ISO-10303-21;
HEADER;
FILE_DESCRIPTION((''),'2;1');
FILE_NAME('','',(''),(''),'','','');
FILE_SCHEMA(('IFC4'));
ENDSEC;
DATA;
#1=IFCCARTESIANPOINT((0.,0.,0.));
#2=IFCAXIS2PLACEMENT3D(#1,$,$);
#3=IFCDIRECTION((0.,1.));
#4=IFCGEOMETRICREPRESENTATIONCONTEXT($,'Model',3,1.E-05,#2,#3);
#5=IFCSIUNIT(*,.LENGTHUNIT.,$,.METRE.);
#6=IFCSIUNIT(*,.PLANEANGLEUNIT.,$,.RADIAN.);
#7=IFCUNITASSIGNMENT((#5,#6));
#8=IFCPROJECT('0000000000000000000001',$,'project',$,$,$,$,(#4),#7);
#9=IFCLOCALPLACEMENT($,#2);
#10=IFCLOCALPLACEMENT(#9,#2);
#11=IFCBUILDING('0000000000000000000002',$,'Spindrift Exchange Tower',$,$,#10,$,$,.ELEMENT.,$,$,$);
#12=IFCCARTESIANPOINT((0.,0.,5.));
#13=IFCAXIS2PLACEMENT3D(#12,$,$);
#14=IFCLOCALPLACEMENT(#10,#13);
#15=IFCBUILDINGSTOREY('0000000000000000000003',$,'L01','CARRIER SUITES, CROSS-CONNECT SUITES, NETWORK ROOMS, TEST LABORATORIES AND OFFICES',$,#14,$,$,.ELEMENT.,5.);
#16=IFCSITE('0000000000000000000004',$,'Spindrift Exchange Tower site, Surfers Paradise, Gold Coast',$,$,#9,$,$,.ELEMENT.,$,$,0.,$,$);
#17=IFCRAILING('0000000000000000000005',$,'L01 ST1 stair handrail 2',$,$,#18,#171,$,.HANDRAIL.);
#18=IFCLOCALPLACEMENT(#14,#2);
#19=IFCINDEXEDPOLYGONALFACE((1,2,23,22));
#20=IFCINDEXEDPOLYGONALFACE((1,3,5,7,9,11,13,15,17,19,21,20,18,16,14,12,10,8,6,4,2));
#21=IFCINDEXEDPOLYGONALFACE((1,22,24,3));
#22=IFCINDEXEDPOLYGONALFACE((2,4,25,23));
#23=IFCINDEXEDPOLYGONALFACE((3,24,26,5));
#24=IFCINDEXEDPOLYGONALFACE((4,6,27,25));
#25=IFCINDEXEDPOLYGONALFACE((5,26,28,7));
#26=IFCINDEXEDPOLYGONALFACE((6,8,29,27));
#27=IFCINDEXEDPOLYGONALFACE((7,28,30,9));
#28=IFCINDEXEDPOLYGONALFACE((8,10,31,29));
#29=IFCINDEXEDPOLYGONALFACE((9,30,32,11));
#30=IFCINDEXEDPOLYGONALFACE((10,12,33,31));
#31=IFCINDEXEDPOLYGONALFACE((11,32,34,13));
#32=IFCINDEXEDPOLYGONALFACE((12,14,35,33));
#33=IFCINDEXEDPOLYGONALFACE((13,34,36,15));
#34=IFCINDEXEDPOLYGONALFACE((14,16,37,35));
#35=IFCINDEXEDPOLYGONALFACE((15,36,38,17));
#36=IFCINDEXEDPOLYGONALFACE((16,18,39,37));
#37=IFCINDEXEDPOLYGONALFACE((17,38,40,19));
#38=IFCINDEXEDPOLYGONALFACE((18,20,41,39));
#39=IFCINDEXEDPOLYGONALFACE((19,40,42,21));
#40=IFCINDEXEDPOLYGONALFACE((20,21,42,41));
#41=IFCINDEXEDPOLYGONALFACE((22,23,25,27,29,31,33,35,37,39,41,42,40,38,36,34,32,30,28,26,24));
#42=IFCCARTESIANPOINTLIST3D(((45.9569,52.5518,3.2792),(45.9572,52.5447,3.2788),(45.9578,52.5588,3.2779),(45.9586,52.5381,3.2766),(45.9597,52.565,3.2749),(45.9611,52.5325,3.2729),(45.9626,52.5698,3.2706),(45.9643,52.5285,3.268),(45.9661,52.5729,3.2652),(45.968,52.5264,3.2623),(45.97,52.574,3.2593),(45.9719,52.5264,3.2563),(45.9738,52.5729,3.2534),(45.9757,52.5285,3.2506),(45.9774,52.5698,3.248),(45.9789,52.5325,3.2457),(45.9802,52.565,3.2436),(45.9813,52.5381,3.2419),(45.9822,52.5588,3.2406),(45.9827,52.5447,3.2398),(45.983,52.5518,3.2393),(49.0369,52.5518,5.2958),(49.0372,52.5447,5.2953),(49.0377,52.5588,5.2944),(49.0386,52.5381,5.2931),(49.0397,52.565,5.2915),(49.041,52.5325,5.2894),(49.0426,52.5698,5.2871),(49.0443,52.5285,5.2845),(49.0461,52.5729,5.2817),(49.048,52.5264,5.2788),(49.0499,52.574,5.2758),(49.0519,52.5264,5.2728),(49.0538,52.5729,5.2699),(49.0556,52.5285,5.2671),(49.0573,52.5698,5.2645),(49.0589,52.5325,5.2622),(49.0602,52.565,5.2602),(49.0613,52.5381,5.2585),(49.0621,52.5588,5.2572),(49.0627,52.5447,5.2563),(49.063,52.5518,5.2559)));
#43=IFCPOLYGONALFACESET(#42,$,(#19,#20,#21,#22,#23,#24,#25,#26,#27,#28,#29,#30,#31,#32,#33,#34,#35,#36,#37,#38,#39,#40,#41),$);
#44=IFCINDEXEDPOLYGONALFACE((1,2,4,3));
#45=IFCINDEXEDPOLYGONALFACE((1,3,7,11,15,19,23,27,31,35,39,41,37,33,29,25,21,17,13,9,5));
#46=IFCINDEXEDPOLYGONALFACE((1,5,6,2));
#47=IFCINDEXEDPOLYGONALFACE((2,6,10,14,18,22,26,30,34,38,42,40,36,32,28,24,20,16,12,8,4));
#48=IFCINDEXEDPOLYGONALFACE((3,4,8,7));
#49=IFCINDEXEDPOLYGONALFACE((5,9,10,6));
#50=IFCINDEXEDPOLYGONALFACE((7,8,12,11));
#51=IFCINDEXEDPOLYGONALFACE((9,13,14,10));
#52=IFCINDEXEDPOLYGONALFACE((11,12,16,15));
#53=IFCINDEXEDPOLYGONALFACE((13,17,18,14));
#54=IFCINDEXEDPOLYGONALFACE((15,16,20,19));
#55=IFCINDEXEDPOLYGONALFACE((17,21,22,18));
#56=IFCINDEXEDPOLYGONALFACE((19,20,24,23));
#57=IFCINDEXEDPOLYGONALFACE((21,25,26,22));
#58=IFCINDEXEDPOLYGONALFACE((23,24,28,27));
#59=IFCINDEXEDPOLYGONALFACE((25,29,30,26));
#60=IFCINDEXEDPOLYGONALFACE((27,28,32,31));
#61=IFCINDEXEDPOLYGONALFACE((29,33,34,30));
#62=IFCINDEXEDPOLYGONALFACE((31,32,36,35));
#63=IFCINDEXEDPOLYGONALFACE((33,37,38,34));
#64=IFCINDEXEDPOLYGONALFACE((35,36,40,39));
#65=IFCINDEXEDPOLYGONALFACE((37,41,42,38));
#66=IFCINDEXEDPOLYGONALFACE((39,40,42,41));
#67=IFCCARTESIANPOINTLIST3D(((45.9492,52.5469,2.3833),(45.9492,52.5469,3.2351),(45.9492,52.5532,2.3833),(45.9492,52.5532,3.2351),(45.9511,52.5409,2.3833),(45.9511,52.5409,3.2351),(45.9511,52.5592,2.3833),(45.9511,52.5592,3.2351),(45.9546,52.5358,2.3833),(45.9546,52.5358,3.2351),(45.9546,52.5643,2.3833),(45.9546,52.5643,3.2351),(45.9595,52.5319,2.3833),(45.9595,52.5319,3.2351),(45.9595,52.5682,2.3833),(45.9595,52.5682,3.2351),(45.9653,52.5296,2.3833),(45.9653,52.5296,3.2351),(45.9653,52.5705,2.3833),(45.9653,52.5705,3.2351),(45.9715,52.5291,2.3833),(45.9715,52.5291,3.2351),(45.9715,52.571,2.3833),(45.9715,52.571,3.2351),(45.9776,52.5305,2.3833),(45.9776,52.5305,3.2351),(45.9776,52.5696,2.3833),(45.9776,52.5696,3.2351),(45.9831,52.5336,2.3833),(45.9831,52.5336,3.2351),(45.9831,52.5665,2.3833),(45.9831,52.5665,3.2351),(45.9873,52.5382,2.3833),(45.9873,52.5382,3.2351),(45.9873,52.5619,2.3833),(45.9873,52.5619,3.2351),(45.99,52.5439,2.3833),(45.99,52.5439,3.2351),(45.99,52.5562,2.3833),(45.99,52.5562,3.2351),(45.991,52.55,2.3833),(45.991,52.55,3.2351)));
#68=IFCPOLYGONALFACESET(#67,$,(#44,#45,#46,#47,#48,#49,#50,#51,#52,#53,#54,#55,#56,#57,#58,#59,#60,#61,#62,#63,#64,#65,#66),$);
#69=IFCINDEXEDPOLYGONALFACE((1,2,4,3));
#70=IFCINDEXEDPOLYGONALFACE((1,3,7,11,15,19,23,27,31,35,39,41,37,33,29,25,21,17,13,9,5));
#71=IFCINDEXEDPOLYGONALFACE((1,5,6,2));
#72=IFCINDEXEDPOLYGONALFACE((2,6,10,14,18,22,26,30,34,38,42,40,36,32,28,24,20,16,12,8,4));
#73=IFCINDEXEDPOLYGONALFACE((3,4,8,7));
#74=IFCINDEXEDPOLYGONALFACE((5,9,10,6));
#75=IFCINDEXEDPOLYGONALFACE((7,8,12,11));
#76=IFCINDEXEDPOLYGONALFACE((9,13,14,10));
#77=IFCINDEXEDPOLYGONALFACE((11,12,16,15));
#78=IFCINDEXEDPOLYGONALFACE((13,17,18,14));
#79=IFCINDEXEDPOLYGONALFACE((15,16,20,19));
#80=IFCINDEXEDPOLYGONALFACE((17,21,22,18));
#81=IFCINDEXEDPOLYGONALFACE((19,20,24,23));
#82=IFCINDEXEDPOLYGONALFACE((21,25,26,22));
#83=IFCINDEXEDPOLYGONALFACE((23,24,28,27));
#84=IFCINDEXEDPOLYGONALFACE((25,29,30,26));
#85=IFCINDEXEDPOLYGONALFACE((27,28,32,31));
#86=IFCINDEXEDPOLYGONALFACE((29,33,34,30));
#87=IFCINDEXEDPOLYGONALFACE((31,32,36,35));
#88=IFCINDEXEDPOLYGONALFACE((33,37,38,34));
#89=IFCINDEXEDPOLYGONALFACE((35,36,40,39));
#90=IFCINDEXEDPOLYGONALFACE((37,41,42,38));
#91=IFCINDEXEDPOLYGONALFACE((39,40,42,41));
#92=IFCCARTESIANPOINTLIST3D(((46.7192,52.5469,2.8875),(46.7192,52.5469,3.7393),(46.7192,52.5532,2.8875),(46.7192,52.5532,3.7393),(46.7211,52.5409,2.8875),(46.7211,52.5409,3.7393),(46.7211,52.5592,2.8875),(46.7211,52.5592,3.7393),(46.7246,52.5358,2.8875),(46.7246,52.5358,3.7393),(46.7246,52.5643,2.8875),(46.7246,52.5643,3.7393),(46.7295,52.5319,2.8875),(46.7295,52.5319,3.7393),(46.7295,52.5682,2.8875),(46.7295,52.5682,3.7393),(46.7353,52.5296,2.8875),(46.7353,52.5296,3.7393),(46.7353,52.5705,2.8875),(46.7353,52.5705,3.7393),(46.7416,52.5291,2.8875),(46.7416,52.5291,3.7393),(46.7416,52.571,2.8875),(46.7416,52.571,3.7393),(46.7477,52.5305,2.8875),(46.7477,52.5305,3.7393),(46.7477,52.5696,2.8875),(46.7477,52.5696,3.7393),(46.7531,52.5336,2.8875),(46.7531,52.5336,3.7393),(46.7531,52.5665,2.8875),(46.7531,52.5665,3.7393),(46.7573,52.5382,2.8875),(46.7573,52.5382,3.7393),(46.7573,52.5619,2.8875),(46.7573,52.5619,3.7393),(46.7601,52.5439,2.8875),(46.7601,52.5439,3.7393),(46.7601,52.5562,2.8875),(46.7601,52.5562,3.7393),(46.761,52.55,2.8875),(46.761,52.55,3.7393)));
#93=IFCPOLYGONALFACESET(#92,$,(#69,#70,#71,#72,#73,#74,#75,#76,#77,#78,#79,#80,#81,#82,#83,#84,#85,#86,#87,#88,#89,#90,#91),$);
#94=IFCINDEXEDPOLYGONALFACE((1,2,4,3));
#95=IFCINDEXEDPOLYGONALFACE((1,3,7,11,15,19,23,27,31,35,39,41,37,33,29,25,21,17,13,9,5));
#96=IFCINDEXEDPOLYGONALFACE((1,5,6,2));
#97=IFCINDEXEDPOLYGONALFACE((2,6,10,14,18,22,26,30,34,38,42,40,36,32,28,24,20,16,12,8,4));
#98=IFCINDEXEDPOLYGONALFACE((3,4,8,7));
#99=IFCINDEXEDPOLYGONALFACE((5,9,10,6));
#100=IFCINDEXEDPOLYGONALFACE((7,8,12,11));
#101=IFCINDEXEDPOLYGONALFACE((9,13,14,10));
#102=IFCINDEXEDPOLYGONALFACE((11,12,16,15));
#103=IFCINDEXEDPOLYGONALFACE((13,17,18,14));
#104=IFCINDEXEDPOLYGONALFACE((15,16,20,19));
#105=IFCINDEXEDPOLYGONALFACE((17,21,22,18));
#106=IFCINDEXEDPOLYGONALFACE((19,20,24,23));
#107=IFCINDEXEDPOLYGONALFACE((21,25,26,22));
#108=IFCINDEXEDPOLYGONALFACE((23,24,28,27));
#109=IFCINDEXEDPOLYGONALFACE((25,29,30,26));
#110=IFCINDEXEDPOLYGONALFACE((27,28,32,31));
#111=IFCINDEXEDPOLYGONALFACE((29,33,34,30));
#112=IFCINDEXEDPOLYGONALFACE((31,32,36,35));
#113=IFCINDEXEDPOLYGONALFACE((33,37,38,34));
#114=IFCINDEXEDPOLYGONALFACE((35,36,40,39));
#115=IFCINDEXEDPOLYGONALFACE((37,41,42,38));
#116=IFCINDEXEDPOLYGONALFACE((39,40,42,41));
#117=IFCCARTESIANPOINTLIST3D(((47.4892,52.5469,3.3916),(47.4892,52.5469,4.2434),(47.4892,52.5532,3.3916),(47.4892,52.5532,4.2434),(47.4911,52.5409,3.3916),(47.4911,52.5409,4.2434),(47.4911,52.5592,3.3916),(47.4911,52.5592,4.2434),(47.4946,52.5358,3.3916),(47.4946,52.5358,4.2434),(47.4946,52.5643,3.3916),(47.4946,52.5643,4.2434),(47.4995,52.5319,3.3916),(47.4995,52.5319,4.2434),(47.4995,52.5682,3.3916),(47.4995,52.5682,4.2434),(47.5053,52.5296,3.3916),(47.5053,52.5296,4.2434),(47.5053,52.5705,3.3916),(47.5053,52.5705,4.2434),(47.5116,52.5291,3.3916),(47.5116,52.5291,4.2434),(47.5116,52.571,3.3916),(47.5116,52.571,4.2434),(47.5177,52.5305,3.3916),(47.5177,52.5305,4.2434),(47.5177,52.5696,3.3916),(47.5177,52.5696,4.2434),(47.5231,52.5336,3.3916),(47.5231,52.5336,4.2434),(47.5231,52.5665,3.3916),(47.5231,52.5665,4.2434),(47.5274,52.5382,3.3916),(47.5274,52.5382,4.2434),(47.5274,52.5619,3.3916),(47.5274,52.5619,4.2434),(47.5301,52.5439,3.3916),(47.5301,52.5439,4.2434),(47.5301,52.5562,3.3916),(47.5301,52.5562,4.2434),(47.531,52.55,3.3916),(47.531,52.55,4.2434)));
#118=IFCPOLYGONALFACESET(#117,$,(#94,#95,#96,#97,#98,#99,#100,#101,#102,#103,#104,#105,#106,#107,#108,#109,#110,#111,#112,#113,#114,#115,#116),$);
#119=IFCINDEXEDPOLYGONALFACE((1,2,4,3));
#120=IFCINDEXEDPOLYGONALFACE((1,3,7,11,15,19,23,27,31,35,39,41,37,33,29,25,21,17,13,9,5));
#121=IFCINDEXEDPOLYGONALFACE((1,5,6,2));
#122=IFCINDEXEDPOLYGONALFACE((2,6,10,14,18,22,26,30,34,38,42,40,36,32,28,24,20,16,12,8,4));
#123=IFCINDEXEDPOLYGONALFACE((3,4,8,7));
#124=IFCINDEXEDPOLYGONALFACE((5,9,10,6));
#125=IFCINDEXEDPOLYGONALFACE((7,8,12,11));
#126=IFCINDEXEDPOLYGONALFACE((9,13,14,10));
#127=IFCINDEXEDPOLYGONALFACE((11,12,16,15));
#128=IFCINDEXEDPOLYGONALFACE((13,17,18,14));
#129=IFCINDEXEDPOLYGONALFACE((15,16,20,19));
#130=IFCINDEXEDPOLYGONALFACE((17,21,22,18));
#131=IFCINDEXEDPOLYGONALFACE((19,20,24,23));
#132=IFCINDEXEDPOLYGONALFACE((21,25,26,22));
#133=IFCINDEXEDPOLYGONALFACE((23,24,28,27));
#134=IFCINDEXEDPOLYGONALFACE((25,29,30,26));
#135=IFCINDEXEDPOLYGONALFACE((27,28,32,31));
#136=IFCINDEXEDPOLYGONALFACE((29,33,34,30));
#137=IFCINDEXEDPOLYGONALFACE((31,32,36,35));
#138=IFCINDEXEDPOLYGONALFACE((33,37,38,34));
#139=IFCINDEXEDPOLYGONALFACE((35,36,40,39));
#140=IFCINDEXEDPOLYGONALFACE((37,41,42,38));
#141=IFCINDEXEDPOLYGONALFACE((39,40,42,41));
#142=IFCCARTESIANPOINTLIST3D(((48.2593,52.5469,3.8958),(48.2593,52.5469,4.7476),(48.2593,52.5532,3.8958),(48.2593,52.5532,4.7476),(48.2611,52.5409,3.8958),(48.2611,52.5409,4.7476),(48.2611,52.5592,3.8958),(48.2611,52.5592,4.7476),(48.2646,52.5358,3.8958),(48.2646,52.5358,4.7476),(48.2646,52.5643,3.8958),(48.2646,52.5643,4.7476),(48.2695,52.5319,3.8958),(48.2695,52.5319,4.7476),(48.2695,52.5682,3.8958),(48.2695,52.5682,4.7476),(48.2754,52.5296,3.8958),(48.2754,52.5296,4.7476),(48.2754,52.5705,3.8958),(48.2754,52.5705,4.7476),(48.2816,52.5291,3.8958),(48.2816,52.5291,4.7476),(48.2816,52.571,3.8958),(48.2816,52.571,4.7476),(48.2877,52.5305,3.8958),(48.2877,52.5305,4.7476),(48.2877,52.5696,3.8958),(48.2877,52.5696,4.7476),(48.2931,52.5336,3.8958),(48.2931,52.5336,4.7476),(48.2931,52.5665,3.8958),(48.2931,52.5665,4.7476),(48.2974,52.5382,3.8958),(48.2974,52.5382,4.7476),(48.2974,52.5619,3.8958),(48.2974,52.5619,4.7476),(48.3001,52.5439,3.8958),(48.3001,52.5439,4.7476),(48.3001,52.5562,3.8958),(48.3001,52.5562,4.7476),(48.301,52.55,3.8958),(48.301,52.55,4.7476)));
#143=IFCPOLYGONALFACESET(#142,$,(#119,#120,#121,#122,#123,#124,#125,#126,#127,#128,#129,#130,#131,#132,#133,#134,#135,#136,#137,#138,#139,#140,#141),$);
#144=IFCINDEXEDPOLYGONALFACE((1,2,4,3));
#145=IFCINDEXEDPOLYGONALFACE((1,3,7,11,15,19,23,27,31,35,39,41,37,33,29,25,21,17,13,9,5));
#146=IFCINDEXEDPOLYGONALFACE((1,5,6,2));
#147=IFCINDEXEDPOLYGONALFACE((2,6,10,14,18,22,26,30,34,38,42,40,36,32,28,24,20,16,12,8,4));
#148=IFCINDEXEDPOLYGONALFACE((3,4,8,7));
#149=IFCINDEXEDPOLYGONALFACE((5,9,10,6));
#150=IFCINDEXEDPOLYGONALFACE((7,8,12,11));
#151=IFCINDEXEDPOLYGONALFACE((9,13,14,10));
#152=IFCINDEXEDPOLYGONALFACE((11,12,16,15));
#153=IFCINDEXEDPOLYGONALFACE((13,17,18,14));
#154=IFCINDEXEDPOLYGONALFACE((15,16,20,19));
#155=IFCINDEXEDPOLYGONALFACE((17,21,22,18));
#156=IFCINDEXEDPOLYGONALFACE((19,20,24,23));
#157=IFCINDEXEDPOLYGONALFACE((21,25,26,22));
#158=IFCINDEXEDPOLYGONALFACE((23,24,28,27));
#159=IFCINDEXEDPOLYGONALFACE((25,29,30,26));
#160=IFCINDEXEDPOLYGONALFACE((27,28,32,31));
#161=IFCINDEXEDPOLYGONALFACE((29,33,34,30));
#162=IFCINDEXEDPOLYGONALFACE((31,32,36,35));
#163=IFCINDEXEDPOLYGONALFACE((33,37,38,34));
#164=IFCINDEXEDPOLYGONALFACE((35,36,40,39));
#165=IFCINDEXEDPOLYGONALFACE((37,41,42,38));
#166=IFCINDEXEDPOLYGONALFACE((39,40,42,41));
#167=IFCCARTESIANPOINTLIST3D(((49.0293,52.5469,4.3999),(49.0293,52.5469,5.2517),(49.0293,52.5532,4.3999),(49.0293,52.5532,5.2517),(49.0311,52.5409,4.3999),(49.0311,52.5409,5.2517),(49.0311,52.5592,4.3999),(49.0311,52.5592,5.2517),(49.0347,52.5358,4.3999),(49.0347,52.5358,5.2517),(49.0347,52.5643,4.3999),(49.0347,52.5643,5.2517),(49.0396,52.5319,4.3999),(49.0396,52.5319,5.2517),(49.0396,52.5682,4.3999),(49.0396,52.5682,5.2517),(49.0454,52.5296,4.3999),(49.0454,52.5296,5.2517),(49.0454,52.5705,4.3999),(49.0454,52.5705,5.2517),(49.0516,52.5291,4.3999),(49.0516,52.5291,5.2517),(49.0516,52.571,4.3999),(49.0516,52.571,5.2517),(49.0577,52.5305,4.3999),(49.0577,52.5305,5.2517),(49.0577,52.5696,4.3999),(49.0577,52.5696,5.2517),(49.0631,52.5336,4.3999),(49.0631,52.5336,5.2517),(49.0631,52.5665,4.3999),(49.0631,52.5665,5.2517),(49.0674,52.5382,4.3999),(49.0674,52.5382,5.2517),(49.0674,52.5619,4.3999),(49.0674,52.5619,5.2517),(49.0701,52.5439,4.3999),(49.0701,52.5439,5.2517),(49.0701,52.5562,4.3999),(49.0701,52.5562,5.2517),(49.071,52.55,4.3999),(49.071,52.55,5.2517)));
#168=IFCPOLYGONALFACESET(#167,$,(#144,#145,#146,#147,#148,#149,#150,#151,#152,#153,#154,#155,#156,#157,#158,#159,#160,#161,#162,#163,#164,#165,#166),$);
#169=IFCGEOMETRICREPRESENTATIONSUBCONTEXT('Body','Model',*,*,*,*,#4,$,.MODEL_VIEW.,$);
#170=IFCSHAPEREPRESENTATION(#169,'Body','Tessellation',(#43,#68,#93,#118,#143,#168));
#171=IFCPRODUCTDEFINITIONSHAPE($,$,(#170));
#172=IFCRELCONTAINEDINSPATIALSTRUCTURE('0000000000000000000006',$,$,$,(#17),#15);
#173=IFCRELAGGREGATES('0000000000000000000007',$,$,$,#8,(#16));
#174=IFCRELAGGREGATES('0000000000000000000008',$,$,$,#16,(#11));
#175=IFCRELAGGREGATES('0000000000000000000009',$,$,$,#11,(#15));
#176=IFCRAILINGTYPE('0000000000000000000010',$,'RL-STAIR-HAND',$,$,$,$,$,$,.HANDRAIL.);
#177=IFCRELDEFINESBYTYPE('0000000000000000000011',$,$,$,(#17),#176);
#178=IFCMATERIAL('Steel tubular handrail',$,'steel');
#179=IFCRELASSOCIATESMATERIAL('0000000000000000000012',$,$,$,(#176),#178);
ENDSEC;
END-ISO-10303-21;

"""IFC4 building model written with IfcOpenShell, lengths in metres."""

from ifc_helpers import new_model, si_unit, direction, frame, origin, origin_2d, place, context, subcontext, project, spatial, circle, extrude, material, type_object, element, save


model = new_model("IFC4")

# Units and contexts
model_context = context("Model", 3, precision=1e-05, world=origin(), true_north=direction((0.0, 1.0)))
body_context = subcontext(model_context, "Body", "Model", "MODEL_VIEW")
ifc_project = project(units=[si_unit("LENGTHUNIT", "METRE"), si_unit("PLANEANGLEUNIT", "RADIAN")], contexts=[model_context])

# Site, building, storey
site_placement = place(None, origin())
site = spatial("IfcSite", under=ifc_project, at=site_placement, Name="Spindrift Exchange Tower site, Surfers Paradise, Gold Coast", CompositionType="ELEMENT", RefElevation=0.0)
building_placement = place(site_placement, origin())
building = spatial("IfcBuilding", under=site, at=building_placement, Name="Spindrift Exchange Tower", CompositionType="ELEMENT")
storey_placement = place(building_placement, frame((0.0, 0.0, 5.0)))
storey = spatial("IfcBuildingStorey", under=building, at=storey_placement, Name="L01", Description="CARRIER SUITES, CROSS-CONNECT SUITES, NETWORK ROOMS, TEST LABORATORIES AND OFFICES", CompositionType="ELEMENT", Elevation=5.0)

# Railing
ifc_material_1 = material(Name="Steel tubular handrail", Category="steel")
railing_type_1 = type_object("IfcRailingType", Name="RL-STAIR-HAND", PredefinedType="HANDRAIL", material=ifc_material_1)
railing_1_placement = place(storey_placement, frame((45.97, 52.55, 2.3833)))
element("IfcRailing", 1, at=railing_1_placement, inside=storey, type_object=railing_type_1, Name="L01 ST1 stair handrail 2", PredefinedType="HANDRAIL", context=body_context, shape_type="SweptSolid", body=[
    extrude(circle(Radius=0.0239, at=origin_2d()), frame((0.0, 0.0, 0.876), z_axis=(0.836633, 0.0, 0.547764), x_axis=(0.0, 1.0, 0.0)), (0.0, 0.0, 1.0), 3.6814),
    extrude(circle(Radius=0.021, at=origin_2d()), origin(), (0.0, 0.0, 1.0), 0.8518),
    extrude(circle(Radius=0.021, at=origin_2d()), frame((0.77, 0.0, 0.5042)), (0.0, 0.0, 1.0), 0.8518),
    extrude(circle(Radius=0.021, at=origin_2d()), frame((1.54, 0.0, 1.0083)), (0.0, 0.0, 1.0), 0.8518),
    extrude(circle(Radius=0.021, at=origin_2d()), frame((2.3101, 0.0, 1.5125)), (0.0, 0.0, 1.0), 0.8518),
    extrude(circle(Radius=0.021, at=origin_2d()), frame((3.0801, 0.0, 2.0166)), (0.0, 0.0, 1.0), 0.8518),
])

save(model, "model.ifc")
